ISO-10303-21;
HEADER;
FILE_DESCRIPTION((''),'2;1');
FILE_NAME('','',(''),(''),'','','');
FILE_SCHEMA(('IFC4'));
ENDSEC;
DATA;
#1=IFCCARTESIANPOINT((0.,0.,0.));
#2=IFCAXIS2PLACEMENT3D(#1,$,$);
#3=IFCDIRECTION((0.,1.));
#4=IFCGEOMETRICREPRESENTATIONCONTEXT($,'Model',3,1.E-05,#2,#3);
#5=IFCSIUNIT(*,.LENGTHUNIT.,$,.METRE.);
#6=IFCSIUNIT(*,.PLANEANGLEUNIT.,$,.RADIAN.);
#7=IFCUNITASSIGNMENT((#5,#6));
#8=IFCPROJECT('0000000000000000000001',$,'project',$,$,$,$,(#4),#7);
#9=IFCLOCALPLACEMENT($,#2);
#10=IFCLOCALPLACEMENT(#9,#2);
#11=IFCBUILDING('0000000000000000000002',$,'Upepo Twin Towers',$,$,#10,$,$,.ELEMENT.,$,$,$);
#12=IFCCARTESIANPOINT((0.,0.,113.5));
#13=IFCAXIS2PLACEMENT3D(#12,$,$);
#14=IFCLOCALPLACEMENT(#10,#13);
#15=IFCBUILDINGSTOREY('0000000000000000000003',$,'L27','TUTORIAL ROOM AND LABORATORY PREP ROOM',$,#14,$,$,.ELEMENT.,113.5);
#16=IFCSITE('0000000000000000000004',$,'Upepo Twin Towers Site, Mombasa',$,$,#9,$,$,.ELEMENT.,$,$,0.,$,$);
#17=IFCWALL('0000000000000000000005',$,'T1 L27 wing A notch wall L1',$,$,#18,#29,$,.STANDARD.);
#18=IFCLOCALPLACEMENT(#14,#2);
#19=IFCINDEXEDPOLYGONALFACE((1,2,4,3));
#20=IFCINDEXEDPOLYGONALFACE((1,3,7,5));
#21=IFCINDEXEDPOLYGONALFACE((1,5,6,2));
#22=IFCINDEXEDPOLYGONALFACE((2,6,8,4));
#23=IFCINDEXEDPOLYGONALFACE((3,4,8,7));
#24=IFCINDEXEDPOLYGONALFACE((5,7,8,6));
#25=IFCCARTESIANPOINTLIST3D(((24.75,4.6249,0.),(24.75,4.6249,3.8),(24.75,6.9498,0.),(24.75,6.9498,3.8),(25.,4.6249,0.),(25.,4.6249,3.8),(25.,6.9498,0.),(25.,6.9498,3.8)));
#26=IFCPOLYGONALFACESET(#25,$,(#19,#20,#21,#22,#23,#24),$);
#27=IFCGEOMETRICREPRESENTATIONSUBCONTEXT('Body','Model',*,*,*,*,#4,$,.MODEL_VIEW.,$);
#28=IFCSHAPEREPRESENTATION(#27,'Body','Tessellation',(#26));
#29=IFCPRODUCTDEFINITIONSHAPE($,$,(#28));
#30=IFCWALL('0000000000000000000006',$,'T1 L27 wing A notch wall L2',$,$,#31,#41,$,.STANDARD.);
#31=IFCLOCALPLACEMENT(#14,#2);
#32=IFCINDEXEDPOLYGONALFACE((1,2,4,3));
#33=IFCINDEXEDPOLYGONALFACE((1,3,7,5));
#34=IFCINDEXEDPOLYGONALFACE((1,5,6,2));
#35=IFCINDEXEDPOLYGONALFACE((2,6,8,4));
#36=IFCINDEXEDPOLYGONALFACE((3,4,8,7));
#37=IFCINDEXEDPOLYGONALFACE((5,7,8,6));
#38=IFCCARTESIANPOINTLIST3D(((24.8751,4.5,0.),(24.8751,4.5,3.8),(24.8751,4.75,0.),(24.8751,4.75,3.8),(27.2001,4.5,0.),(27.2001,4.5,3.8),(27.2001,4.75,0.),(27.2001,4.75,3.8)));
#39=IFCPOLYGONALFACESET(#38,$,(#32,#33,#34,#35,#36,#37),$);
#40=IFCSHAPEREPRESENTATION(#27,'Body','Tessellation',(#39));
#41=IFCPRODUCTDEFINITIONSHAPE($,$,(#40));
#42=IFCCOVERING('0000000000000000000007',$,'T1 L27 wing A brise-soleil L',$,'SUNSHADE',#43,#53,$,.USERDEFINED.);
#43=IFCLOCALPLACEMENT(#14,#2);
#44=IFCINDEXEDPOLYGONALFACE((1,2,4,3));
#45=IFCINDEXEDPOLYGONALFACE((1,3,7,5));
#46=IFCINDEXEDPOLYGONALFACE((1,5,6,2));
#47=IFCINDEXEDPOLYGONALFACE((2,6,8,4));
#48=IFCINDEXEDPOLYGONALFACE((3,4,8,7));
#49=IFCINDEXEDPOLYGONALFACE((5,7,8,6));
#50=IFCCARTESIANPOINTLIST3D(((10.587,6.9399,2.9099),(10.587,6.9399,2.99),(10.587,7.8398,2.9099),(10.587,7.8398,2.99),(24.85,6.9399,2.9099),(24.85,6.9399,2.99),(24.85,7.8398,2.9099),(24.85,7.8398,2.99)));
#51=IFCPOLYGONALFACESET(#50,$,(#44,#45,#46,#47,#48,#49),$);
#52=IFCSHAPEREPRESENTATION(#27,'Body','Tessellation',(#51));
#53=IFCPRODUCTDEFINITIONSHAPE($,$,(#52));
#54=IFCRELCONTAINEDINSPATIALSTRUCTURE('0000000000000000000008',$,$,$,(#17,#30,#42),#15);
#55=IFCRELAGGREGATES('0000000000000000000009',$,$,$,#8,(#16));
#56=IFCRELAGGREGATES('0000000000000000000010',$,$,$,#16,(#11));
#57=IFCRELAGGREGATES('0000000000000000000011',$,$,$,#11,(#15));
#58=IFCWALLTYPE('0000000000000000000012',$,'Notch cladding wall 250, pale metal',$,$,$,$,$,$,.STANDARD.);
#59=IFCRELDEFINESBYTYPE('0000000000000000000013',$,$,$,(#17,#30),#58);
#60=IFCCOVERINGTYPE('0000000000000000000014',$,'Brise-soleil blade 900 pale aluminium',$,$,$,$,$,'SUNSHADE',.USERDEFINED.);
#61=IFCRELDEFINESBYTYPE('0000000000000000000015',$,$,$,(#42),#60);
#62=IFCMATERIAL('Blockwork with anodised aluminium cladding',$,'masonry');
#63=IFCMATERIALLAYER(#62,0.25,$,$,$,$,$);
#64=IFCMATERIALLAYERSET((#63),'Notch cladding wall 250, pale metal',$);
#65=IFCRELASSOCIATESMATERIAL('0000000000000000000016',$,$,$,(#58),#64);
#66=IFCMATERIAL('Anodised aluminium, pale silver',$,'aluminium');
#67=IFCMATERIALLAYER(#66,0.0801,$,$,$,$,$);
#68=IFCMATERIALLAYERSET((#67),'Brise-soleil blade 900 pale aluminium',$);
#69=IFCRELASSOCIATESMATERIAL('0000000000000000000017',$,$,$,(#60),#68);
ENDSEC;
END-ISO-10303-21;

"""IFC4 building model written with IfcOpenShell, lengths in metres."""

from ifc_helpers import new_model, si_unit, direction, frame, frame_2d, origin, origin_2d, place, context, subcontext, project, spatial, rectangle, extrude, material, layer, layer_set, type_object, element, save


model = new_model("IFC4")

# Units and contexts
model_context = context("Model", 3, precision=1e-05, world=origin(), true_north=direction((0.0, 1.0)))
body_context = subcontext(model_context, "Body", "Model", "MODEL_VIEW")
ifc_project = project(units=[si_unit("LENGTHUNIT", "METRE"), si_unit("PLANEANGLEUNIT", "RADIAN")], contexts=[model_context])

# Site, building, storey
site_placement = place(None, origin())
site = spatial("IfcSite", under=ifc_project, at=site_placement, Name="Upepo Twin Towers Site, Mombasa", CompositionType="ELEMENT", RefElevation=0.0)
building_placement = place(site_placement, origin())
building = spatial("IfcBuilding", under=site, at=building_placement, Name="Upepo Twin Towers", CompositionType="ELEMENT")
storey_placement = place(building_placement, frame((0.0, 0.0, 113.5)))
storey = spatial("IfcBuildingStorey", under=building, at=storey_placement, Name="L27", Description="TUTORIAL ROOM AND LABORATORY PREP ROOM", CompositionType="ELEMENT", Elevation=113.5)

# Walls
ifc_material_1 = material(Name="Blockwork with anodised aluminium cladding", Category="masonry")
ifc_layer_1 = layer(ifc_material_1, 0.25)
ifc_layer_set_1 = layer_set([ifc_layer_1], Name="Notch cladding wall 250, pale metal")
wall_type_1 = type_object("IfcWallType", Name="Notch cladding wall 250, pale metal", PredefinedType="STANDARD", material=ifc_layer_set_1)
for number, where, z_axis, x_axis, name in (
    (1, (24.875, 6.95, 0.0), (0.0, 0.0, 1.0), (0.0, -1.0, 0.0), "T1 L27 wing A notch wall L1"),
    (2, (24.875, 4.625, 0.0), (0.0, 0.0, 1.0), (1.0, 0.0, 0.0), "T1 L27 wing A notch wall L2"),
):
    element("IfcWall", number, at=place(storey_placement, frame(where, z_axis=z_axis, x_axis=x_axis)), inside=storey, type_object=wall_type_1, Name=name, PredefinedType="STANDARD", context=body_context, shape_type="SweptSolid", body=[
        extrude(rectangle(XDim=2.325, YDim=0.25, at=frame_2d((1.1626, 0.0))), origin(), (0.0, 0.0, 1.0), 3.8),
    ])

# Covering
ifc_material_2 = material(Name="Anodised aluminium, pale silver", Category="aluminium")
ifc_layer_2 = layer(ifc_material_2, 0.0801)
ifc_layer_set_2 = layer_set([ifc_layer_2], Name="Brise-soleil blade 900 pale aluminium")
covering_type = type_object("IfcCoveringType", Name="Brise-soleil blade 900 pale aluminium", ElementType="SUNSHADE", PredefinedType="USERDEFINED", material=ifc_layer_set_2)
covering_placement = place(storey_placement, frame((17.7185, 7.3899, 2.9099), z_axis=(0.0, 0.0, 1.0), x_axis=(1.0, 0.0, 0.0)))
element("IfcCovering", 3, at=covering_placement, inside=storey, type_object=covering_type, Name="T1 L27 wing A brise-soleil L", ObjectType="SUNSHADE", PredefinedType="USERDEFINED", context=body_context, shape_type="SweptSolid", body=[
    extrude(rectangle(XDim=14.2629, YDim=0.8999, at=origin_2d()), origin(), (0.0, 0.0, 1.0), 0.0801),
])

save(model, "model.ifc")
